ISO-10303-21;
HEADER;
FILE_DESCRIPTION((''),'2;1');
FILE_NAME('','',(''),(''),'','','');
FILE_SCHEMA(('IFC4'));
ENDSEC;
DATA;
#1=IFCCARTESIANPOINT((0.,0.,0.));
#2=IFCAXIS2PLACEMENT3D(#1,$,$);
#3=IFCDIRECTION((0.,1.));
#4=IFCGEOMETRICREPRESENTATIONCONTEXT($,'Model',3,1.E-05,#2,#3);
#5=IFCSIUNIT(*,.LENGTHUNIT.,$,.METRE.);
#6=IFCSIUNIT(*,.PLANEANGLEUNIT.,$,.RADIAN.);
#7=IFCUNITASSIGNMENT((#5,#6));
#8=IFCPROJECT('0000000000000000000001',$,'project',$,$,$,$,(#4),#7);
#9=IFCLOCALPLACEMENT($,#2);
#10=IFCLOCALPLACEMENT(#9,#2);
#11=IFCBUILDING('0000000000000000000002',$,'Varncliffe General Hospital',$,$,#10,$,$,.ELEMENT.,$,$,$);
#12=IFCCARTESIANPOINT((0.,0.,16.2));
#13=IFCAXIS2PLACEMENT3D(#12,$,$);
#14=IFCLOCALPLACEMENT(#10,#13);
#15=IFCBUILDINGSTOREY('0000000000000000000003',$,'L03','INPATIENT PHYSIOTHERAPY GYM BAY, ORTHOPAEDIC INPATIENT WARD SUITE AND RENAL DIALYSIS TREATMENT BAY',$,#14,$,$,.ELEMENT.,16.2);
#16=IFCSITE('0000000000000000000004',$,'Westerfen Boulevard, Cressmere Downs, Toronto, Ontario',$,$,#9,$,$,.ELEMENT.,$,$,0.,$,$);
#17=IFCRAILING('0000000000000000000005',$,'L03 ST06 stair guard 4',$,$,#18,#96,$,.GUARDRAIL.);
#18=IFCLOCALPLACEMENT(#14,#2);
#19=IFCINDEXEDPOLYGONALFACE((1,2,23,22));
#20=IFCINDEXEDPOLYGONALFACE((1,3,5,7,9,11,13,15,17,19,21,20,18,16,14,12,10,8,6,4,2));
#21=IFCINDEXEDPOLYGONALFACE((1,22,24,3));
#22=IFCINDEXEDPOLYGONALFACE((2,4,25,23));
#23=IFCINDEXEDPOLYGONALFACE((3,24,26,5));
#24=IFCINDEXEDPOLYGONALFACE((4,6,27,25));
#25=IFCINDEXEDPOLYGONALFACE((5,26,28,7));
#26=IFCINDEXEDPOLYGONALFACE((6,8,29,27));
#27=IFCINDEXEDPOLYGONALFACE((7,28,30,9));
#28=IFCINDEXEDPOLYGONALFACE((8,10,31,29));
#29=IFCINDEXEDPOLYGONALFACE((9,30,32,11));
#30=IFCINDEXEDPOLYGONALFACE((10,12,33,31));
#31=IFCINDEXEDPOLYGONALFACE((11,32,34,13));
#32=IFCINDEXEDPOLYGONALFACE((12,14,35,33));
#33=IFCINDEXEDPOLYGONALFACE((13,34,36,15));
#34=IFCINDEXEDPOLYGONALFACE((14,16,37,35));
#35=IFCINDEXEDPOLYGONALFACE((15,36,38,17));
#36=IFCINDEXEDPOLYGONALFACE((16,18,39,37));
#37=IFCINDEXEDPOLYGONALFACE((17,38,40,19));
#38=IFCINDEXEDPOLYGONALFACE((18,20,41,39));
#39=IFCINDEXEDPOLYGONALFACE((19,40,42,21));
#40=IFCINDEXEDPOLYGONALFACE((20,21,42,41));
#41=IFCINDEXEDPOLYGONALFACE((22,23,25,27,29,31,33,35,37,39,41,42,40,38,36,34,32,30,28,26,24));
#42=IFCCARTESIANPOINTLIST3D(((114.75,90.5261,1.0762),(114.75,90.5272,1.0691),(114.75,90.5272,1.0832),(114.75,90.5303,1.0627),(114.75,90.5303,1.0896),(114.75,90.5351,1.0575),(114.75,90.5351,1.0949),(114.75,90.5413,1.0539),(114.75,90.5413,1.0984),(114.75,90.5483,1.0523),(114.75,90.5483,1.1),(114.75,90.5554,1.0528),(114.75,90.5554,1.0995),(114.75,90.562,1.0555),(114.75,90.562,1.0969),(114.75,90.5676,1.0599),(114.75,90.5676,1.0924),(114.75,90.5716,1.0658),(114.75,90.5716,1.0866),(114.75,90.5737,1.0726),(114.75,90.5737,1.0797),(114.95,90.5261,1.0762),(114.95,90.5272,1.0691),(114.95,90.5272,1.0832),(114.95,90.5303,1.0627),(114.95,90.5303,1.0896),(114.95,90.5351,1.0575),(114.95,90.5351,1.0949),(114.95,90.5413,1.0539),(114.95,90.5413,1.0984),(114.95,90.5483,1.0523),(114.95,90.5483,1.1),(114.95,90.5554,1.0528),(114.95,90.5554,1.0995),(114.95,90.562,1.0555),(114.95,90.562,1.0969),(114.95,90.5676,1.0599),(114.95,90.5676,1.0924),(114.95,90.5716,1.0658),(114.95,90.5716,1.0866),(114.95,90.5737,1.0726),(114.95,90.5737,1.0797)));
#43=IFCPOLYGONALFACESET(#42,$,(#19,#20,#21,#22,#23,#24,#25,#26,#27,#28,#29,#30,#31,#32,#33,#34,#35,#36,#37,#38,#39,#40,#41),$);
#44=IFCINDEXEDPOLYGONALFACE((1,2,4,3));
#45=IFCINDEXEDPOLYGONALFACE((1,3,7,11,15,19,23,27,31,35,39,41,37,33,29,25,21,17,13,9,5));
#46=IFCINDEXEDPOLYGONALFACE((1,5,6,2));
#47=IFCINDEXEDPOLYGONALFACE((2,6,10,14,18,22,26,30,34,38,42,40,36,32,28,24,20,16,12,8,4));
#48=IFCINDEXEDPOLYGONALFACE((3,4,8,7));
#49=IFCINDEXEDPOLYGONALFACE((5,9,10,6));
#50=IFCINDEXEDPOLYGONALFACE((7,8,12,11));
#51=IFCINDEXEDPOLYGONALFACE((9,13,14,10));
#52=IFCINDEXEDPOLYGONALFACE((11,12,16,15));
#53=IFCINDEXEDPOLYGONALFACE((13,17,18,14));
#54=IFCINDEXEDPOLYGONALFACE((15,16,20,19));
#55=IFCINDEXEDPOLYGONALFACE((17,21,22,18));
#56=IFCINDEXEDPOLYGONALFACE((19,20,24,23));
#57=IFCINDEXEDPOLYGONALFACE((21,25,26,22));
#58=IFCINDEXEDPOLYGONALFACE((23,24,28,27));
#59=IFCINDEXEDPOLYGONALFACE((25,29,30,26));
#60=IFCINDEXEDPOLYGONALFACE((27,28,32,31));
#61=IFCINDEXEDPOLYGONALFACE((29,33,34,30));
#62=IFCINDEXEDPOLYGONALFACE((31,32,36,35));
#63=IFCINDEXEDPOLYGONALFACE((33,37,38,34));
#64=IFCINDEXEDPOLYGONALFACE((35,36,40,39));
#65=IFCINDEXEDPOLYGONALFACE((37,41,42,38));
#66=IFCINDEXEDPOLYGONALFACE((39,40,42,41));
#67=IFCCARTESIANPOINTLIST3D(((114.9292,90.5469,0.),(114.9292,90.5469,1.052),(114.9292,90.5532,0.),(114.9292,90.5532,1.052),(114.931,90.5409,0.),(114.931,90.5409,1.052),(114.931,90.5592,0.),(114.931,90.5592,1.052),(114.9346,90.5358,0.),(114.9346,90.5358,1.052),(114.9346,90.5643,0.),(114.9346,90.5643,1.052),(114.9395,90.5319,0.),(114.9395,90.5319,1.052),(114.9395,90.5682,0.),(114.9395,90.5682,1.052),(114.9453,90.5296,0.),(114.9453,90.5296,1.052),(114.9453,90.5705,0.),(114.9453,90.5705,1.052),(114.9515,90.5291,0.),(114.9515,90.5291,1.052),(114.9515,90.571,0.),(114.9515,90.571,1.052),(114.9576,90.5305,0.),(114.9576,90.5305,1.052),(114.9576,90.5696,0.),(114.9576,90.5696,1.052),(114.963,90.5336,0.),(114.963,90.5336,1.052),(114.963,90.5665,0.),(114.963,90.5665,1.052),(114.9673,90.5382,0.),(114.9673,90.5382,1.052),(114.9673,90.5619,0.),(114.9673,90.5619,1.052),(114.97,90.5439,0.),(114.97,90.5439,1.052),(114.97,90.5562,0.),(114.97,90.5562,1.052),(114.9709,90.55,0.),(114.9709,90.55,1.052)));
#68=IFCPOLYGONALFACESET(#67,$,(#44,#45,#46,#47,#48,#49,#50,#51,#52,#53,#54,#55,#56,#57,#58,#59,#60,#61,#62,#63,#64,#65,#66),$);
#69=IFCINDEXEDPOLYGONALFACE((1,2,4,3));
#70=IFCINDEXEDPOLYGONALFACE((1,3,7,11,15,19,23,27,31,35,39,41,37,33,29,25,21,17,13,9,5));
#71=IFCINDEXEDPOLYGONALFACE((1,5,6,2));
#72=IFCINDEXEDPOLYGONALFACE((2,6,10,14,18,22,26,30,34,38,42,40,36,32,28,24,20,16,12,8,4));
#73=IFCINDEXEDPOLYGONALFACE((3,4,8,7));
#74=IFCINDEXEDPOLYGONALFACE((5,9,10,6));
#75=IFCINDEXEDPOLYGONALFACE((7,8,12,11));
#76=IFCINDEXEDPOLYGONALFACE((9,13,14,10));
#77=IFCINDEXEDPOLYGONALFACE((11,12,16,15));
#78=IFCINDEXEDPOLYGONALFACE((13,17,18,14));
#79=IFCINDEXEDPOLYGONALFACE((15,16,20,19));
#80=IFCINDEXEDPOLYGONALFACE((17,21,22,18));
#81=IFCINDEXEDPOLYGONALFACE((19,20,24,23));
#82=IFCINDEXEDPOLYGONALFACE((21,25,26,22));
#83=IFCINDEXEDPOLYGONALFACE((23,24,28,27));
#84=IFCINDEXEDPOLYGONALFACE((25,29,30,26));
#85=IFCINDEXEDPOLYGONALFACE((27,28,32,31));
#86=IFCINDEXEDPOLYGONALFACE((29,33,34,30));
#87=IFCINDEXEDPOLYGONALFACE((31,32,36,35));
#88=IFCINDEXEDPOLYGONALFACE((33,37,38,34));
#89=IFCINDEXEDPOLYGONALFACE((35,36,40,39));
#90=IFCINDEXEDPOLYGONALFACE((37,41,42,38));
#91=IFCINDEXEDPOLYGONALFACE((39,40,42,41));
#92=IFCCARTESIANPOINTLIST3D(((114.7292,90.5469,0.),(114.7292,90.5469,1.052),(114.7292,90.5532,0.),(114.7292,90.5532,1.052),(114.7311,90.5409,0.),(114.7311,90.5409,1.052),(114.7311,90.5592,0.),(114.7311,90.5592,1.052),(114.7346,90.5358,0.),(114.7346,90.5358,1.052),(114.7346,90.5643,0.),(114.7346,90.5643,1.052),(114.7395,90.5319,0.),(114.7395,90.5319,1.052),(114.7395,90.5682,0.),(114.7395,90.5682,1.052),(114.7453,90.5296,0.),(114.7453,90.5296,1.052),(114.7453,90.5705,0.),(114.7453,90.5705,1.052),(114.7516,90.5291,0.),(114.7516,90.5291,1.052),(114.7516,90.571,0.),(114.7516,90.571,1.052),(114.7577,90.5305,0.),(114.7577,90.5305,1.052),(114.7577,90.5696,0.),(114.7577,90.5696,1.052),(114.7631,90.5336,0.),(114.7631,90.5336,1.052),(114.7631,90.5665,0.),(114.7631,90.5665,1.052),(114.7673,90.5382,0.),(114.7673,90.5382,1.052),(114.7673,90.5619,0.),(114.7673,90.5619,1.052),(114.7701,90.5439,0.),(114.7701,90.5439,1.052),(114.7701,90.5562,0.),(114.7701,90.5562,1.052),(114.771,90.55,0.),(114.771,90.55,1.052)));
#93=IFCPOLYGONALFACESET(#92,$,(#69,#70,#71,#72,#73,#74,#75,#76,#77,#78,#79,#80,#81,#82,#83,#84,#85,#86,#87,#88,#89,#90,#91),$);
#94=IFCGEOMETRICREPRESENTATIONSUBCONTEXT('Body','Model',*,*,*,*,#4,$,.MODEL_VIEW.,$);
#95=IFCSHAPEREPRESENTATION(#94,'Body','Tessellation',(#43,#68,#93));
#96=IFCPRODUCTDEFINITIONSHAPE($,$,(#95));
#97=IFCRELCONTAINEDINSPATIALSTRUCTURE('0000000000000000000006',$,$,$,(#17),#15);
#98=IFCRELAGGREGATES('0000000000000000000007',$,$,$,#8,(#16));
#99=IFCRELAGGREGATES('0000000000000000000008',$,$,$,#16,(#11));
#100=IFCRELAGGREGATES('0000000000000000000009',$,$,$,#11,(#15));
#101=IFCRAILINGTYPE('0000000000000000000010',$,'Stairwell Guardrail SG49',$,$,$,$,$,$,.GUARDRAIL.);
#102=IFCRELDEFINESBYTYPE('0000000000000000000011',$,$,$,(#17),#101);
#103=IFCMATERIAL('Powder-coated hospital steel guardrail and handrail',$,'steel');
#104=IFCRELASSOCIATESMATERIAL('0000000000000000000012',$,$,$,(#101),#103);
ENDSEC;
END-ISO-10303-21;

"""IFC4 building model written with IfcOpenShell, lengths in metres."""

from ifc_helpers import new_model, si_unit, direction, frame, origin, origin_2d, place, context, subcontext, project, spatial, circle, extrude, material, type_object, element, save


model = new_model("IFC4")

# Units and contexts
model_context = context("Model", 3, precision=1e-05, world=origin(), true_north=direction((0.0, 1.0)))
body_context = subcontext(model_context, "Body", "Model", "MODEL_VIEW")
ifc_project = project(units=[si_unit("LENGTHUNIT", "METRE"), si_unit("PLANEANGLEUNIT", "RADIAN")], contexts=[model_context])

# Site, building, storey
site_placement = place(None, origin())
site = spatial("IfcSite", under=ifc_project, at=site_placement, Name="Westerfen Boulevard, Cressmere Downs, Toronto, Ontario", CompositionType="ELEMENT", RefElevation=0.0)
building_placement = place(site_placement, origin())
building = spatial("IfcBuilding", under=site, at=building_placement, Name="Varncliffe General Hospital", CompositionType="ELEMENT")
storey_placement = place(building_placement, frame((0.0, 0.0, 16.2)))
storey = spatial("IfcBuildingStorey", under=building, at=storey_placement, Name="L03", Description="INPATIENT PHYSIOTHERAPY GYM BAY, ORTHOPAEDIC INPATIENT WARD SUITE AND RENAL DIALYSIS TREATMENT BAY", CompositionType="ELEMENT", Elevation=16.2)

# Railing
ifc_material_1 = material(Name="Powder-coated hospital steel guardrail and handrail", Category="steel")
railing_type_1 = type_object("IfcRailingType", Name="Stairwell Guardrail SG49", PredefinedType="GUARDRAIL", material=ifc_material_1)
railing_1_placement = place(storey_placement, frame((114.95, 90.55, 0.0)))
element("IfcRailing", 1, at=railing_1_placement, inside=storey, type_object=railing_type_1, Name="L03 ST06 stair guard 4", PredefinedType="GUARDRAIL", context=body_context, shape_type="SweptSolid", body=[
    extrude(circle(Radius=0.0239, at=origin_2d()), frame((0.0, 0.0, 1.0762), z_axis=(-1.0, 0.0, 0.0), x_axis=(0.0, -1.0, 0.0)), (0.0, 0.0, 1.0), 0.2),
    extrude(circle(Radius=0.021, at=origin_2d()), origin(), (0.0, 0.0, 1.0), 1.052),
    extrude(circle(Radius=0.021, at=origin_2d()), frame((-0.2, 0.0, 0.0)), (0.0, 0.0, 1.0), 1.052),
])

save(model, "model.ifc")
